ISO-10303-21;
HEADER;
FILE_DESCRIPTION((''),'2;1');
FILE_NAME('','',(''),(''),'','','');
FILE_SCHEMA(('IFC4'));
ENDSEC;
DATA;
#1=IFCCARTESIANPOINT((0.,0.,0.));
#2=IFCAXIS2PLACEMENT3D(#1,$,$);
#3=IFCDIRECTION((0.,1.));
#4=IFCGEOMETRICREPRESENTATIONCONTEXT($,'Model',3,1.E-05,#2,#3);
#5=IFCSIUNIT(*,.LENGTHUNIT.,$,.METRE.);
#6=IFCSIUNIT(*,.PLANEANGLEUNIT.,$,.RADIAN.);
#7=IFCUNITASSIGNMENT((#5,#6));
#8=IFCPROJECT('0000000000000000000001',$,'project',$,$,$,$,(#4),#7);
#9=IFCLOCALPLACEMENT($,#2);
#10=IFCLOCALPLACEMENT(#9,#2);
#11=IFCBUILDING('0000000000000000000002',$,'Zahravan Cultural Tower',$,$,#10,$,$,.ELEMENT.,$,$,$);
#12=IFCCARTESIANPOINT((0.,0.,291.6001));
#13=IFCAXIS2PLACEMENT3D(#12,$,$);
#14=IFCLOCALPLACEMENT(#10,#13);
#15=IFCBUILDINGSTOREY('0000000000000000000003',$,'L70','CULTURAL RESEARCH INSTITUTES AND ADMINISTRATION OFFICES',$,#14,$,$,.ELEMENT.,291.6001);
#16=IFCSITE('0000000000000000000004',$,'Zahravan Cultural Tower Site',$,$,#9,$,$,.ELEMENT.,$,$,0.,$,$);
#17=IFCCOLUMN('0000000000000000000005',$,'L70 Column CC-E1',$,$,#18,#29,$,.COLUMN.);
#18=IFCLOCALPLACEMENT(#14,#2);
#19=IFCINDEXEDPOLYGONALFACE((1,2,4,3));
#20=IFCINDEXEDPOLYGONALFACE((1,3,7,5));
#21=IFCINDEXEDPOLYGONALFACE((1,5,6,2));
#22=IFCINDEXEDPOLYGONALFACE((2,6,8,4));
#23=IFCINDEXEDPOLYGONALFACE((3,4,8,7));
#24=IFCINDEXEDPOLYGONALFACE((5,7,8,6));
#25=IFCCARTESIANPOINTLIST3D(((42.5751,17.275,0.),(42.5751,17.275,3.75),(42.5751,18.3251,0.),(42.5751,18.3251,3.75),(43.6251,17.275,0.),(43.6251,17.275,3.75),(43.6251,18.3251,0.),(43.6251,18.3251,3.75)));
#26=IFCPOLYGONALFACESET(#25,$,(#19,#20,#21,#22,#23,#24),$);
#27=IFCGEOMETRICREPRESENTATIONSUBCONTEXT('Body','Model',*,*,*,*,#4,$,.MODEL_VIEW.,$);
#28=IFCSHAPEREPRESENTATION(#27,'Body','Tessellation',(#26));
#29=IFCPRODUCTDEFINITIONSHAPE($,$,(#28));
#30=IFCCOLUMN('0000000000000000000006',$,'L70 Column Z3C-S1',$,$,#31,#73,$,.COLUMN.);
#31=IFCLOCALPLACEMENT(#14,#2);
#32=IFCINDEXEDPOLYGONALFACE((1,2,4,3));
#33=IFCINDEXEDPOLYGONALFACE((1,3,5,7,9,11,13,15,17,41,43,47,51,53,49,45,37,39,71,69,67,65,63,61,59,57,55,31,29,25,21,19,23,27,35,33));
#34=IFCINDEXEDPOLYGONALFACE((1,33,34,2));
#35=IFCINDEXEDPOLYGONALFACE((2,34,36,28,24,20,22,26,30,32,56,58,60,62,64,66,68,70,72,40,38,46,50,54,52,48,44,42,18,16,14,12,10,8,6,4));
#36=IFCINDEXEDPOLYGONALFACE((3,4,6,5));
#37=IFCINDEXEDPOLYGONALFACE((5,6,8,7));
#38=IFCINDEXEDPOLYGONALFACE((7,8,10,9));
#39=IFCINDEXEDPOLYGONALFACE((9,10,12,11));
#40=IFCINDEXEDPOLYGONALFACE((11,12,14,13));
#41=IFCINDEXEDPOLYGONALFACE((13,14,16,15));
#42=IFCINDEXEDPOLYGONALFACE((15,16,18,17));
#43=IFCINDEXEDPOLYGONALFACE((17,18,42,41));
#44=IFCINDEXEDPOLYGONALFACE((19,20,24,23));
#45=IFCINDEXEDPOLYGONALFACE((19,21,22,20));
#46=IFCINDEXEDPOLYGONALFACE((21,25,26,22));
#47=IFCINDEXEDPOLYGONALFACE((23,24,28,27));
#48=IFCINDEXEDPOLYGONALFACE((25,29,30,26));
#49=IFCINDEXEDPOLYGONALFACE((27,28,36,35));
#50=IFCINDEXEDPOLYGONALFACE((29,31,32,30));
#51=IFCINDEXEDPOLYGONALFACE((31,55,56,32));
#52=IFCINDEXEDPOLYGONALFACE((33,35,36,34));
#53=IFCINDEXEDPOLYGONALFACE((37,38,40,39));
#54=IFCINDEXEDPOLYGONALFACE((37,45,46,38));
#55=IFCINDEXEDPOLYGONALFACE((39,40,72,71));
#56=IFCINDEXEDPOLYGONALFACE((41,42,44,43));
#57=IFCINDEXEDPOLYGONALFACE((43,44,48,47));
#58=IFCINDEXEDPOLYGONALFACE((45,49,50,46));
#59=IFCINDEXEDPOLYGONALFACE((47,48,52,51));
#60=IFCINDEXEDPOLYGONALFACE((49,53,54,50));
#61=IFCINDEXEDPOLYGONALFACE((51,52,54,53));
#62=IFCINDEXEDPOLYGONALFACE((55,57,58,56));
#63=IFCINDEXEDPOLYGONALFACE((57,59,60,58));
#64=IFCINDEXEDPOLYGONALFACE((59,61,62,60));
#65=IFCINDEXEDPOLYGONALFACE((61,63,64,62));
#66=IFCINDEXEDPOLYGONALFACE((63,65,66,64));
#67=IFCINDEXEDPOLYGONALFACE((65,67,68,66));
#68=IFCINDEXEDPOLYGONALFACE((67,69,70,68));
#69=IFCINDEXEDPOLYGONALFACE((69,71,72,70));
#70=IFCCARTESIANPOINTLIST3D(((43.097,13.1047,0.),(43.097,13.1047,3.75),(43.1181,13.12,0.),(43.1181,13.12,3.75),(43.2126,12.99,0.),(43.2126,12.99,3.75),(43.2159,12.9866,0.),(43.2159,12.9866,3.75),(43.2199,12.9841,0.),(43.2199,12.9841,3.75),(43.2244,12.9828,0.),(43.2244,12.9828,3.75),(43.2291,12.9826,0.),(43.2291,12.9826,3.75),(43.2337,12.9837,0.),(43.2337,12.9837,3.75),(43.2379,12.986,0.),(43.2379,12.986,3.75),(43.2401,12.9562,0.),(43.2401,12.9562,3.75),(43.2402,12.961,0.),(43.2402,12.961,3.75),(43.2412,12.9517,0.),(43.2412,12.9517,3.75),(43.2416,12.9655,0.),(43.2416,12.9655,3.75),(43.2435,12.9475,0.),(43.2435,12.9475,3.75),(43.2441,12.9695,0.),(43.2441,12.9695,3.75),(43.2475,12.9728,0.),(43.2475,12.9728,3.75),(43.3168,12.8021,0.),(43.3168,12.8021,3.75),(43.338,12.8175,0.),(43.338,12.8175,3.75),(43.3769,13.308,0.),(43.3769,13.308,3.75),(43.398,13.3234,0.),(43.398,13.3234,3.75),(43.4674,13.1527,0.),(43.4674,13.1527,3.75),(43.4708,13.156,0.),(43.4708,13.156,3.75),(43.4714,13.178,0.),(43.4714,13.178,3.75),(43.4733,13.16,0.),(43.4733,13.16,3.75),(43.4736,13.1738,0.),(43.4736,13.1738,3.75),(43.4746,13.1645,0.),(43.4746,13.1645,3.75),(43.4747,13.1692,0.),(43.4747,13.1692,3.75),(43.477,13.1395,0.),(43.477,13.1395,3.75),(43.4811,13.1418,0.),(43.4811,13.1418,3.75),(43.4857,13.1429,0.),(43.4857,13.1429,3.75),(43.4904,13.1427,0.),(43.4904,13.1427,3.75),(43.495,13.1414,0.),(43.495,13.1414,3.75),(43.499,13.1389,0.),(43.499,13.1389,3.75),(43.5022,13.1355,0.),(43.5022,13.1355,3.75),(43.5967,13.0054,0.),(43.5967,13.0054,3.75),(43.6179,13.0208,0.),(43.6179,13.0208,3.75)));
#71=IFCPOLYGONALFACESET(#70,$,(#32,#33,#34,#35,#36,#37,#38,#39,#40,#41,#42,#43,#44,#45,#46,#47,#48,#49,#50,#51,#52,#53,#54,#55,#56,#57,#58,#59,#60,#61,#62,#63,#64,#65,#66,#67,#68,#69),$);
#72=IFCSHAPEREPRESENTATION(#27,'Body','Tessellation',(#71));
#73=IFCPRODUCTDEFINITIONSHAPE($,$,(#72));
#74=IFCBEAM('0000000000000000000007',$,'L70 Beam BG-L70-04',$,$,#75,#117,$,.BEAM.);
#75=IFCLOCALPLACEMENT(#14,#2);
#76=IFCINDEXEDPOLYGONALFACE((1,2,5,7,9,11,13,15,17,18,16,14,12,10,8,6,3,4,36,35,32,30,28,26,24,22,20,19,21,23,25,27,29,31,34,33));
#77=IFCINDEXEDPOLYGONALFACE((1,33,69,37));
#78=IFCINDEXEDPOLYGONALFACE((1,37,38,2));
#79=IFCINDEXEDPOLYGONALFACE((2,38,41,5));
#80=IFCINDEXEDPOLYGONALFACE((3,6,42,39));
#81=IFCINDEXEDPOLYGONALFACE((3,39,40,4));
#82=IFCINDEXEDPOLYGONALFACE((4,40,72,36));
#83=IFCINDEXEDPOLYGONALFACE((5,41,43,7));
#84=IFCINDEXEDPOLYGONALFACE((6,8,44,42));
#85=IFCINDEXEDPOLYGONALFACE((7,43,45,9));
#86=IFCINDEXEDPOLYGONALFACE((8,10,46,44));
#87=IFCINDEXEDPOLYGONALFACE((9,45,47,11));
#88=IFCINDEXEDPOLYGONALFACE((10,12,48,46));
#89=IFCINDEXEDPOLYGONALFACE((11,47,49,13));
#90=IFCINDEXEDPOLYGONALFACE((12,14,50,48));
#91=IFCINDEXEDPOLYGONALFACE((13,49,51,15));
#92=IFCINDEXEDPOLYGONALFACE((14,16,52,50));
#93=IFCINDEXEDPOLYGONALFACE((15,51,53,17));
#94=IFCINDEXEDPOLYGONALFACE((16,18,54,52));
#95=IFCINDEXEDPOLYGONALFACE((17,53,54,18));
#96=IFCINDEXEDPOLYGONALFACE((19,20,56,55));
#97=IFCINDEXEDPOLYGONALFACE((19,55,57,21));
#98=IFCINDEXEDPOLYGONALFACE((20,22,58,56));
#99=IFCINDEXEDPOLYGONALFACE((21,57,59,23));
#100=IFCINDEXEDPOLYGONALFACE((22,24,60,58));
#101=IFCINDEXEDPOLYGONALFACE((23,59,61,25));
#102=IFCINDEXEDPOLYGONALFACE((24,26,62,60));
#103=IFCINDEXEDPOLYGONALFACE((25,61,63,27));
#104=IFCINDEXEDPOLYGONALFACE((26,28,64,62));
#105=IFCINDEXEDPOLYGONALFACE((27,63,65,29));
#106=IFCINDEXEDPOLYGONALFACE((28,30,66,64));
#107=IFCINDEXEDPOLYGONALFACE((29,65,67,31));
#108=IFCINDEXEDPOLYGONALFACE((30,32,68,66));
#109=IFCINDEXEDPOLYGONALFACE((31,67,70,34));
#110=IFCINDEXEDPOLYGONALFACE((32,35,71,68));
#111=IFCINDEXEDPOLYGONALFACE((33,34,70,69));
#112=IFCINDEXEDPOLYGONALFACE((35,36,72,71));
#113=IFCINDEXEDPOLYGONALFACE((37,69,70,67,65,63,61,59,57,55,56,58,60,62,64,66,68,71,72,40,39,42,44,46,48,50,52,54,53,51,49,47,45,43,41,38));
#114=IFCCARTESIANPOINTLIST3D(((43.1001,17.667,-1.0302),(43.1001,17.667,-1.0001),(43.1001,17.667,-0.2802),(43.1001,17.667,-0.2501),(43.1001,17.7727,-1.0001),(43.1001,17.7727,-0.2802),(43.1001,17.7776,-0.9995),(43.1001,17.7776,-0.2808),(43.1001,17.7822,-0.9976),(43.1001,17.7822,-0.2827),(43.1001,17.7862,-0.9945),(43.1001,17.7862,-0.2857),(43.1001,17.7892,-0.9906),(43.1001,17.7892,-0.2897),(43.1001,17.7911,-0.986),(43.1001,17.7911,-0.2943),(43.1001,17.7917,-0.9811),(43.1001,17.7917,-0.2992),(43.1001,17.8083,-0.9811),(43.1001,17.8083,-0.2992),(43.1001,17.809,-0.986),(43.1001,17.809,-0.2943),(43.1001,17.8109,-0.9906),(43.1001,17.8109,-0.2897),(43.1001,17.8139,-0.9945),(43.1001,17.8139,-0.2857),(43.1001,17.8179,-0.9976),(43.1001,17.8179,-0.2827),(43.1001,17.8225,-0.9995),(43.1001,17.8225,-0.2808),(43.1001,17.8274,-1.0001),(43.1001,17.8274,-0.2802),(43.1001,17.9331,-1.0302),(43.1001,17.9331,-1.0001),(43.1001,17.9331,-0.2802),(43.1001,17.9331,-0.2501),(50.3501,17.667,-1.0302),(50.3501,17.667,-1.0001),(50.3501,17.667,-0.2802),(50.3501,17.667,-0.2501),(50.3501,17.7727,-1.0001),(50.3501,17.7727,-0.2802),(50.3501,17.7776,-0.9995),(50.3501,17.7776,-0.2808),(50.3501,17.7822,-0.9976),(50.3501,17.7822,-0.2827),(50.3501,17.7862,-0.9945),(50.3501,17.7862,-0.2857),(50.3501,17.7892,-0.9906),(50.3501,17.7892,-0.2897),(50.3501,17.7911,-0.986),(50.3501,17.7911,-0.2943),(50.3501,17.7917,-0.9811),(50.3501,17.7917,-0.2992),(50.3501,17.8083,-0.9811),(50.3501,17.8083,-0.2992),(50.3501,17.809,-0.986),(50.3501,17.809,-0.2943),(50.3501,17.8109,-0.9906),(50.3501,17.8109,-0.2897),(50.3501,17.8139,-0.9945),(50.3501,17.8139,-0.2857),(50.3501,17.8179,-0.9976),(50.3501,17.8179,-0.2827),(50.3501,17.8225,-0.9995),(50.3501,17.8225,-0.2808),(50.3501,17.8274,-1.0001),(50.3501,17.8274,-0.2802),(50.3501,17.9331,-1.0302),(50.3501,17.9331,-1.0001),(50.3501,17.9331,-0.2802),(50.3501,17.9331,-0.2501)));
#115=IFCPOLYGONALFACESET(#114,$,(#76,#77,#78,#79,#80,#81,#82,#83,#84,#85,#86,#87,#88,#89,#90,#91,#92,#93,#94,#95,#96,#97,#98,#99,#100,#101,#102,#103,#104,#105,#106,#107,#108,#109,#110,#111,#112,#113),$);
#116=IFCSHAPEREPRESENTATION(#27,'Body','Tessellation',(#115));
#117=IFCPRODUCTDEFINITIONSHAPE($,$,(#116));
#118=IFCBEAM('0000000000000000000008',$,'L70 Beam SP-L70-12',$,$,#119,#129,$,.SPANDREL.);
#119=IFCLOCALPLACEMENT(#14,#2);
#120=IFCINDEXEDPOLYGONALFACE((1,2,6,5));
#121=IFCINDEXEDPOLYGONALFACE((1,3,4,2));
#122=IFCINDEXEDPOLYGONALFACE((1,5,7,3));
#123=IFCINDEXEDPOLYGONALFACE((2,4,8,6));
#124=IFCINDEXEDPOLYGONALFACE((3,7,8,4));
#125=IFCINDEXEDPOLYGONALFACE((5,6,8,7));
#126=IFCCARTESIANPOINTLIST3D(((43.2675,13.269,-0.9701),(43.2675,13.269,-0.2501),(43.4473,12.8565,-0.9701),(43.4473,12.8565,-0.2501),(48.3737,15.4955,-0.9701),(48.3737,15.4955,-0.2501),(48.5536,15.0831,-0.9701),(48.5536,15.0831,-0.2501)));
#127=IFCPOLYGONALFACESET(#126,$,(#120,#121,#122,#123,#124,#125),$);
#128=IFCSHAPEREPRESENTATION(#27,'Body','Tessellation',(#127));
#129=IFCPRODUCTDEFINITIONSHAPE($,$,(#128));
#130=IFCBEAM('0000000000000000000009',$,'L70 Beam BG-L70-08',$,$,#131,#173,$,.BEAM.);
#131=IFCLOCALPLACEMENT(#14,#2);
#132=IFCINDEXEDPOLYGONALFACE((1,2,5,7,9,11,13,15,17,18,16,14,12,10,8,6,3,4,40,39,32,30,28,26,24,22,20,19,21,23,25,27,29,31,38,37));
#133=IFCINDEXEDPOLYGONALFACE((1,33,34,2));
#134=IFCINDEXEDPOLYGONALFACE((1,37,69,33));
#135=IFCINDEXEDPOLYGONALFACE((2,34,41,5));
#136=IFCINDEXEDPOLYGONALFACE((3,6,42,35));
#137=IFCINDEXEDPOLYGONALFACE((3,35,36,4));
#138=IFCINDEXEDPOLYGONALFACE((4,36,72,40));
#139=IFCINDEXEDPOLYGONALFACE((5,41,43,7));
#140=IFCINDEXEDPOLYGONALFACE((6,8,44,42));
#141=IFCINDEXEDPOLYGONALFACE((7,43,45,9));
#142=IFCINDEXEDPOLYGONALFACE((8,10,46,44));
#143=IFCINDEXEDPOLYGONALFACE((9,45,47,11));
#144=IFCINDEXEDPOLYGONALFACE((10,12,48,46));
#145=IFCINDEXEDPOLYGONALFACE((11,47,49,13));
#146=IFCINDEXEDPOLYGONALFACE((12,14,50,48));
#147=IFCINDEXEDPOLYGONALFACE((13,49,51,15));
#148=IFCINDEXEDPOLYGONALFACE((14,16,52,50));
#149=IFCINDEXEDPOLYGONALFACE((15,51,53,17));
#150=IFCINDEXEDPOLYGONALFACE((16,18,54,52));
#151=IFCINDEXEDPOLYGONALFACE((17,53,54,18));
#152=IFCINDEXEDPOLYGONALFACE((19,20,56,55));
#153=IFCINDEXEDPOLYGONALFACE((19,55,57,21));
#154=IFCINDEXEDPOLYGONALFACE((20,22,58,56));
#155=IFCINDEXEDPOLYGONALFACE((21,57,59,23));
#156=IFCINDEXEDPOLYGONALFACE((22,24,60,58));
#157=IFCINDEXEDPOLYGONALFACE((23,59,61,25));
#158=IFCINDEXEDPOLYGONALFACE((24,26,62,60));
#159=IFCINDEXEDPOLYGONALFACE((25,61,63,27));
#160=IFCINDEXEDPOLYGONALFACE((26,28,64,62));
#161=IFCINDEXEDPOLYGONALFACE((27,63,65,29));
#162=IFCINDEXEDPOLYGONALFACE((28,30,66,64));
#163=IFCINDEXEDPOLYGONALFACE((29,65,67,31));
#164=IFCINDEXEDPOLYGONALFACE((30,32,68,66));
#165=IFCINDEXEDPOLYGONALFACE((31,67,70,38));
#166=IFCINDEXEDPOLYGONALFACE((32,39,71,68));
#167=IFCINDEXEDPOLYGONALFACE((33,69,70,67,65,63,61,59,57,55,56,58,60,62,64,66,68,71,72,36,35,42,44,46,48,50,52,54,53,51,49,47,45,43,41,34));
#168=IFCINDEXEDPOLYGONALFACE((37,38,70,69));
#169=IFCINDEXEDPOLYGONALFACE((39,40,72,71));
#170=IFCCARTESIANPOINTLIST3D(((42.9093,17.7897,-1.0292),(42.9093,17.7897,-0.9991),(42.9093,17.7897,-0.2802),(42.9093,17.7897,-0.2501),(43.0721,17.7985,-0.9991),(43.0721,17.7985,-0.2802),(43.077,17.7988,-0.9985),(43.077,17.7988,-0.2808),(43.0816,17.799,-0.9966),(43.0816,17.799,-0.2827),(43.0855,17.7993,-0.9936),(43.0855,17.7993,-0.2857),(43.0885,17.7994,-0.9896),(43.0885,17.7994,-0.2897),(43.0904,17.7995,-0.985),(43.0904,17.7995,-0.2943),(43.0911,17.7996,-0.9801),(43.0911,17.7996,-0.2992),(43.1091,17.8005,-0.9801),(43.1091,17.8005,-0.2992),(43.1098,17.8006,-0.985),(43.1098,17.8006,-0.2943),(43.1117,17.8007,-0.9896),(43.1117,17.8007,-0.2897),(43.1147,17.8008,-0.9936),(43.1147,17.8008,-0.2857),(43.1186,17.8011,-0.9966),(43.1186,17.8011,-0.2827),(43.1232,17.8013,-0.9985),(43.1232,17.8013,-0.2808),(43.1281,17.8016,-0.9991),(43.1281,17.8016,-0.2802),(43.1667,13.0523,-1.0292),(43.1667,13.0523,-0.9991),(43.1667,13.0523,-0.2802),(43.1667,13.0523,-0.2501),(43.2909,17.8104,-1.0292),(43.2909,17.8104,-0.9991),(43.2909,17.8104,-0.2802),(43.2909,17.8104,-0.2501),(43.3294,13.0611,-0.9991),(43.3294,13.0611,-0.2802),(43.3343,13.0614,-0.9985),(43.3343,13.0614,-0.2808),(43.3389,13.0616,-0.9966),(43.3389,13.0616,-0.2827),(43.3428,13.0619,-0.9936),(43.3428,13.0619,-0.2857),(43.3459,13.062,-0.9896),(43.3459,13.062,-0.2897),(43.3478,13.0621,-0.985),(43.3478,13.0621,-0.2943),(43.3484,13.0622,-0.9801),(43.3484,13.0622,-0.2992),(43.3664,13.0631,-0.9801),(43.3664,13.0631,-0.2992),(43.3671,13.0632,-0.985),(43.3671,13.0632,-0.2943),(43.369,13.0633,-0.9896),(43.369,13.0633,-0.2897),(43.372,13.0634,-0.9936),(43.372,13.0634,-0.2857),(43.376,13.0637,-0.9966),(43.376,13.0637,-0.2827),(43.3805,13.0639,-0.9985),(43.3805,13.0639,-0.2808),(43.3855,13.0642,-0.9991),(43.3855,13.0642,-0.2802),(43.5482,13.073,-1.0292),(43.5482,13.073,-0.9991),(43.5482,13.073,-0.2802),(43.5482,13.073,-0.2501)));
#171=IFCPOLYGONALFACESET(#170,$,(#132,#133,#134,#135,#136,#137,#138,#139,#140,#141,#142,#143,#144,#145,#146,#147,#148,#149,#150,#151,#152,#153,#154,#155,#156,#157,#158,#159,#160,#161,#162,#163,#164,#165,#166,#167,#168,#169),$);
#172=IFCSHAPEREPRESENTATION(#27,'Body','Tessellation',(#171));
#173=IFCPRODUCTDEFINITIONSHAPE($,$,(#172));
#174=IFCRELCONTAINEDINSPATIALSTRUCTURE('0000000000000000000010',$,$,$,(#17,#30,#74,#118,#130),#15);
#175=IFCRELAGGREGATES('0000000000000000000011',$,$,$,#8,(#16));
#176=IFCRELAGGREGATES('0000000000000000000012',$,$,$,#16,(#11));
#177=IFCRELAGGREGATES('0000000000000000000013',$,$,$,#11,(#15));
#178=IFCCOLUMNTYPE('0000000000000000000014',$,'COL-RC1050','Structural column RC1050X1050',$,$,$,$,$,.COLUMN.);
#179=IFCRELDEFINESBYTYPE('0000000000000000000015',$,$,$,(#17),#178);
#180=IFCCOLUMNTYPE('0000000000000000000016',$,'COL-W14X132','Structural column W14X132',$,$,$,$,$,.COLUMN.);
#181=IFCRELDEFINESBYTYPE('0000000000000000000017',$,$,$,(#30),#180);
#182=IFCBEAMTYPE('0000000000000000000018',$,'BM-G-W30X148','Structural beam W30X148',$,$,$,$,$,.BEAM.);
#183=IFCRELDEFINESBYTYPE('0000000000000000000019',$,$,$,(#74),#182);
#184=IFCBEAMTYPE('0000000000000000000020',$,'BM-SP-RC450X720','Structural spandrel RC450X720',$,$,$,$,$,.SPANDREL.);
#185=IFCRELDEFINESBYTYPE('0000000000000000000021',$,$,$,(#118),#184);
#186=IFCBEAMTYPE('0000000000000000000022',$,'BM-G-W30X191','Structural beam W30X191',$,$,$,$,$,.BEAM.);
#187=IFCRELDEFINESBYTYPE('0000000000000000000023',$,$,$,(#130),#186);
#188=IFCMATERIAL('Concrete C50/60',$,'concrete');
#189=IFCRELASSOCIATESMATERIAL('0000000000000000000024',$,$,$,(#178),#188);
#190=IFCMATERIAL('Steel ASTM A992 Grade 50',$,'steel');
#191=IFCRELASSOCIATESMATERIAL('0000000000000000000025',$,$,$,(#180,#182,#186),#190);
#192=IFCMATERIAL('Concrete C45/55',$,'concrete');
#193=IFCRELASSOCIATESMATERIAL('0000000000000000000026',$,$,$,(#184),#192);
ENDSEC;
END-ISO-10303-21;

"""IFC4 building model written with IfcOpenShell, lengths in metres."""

from ifc_helpers import new_model, si_unit, direction, frame, origin, origin_2d, place, context, subcontext, project, spatial, rectangle, i_section, extrude, source, transform, mapped, material, material_profile, profile_set, type_object, element, save


model = new_model("IFC4")

# Units and contexts
model_context = context("Model", 3, precision=1e-05, world=origin(), true_north=direction((0.0, 1.0)))
body_context = subcontext(model_context, "Body", "Model", "MODEL_VIEW")
ifc_project = project(units=[si_unit("LENGTHUNIT", "METRE"), si_unit("PLANEANGLEUNIT", "RADIAN")], contexts=[model_context])

# Site, building, storey
site_placement = place(None, origin())
site = spatial("IfcSite", under=ifc_project, at=site_placement, Name="Zahravan Cultural Tower Site", CompositionType="ELEMENT", RefElevation=0.0)
building_placement = place(site_placement, origin())
building = spatial("IfcBuilding", under=site, at=building_placement, Name="Zahravan Cultural Tower", CompositionType="ELEMENT")
storey_placement = place(building_placement, frame((0.0, 0.0, 291.6001)))
storey = spatial("IfcBuildingStorey", under=building, at=storey_placement, Name="L70", Description="CULTURAL RESEARCH INSTITUTES AND ADMINISTRATION OFFICES", CompositionType="ELEMENT", Elevation=291.6001)

# Columns
ifc_material_1 = material(Name="Concrete C50/60", Category="concrete")
ifc_material_profile_1 = material_profile(ifc_material_1, rectangle(XDim=1.05, YDim=1.05, at=origin_2d()), Name="RC1050X1050")
ifc_profile_set_1 = profile_set([ifc_material_profile_1], Name="Concrete C50/60")
column_type_1 = type_object("IfcColumnType", Name="COL-RC1050", Description="Structural column RC1050X1050", PredefinedType="COLUMN", material=ifc_profile_set_1)
shared_shape_1 = source(origin(), body_context, "Body", "SweptSolid", [
    extrude(rectangle(XDim=1.05, YDim=1.05, at=origin_2d()), origin(), (0.0, 0.0, 1.0), 3.75),
])
column_1_placement = place(storey_placement, frame((43.1001, 17.8, 0.0), z_axis=(0.0, 0.0, 1.0), x_axis=(1.0, 0.0, 0.0)))
element("IfcColumn", 1, at=column_1_placement, inside=storey, type_object=column_type_1, Name="L70 Column CC-E1", PredefinedType="COLUMN", context=body_context, shape_type="MappedRepresentation", body=[
    mapped(shared_shape_1, transform((0.0, 0.0, 0.0), x_axis=(1.0, 0.0, 0.0), y_axis=(0.0, 1.0, 0.0), z_axis=(0.0, 0.0, 1.0), scale=1.0)),
])
ifc_material_2 = material(Name="Steel ASTM A992 Grade 50", Category="steel")
ifc_material_profile_2 = material_profile(ifc_material_2, i_section(OverallWidth=0.374, OverallDepth=0.3721, WebThickness=0.0164, FlangeThickness=0.0261, FilletRadius=0.0181, at=origin_2d()), Name="W14X132")
ifc_profile_set_2 = profile_set([ifc_material_profile_2], Name="Steel ASTM A992 Grade 50")
column_type_2 = type_object("IfcColumnType", Name="COL-W14X132", Description="Structural column W14X132", PredefinedType="COLUMN", material=ifc_profile_set_2)
shared_shape_2 = source(origin(), body_context, "Body", "SweptSolid", [
    extrude(i_section(OverallWidth=0.374, OverallDepth=0.3721, WebThickness=0.0164, FlangeThickness=0.0261, FilletRadius=0.0181, at=origin_2d()), origin(), (0.0, 0.0, 1.0), 3.75),
])
column_2_placement = place(storey_placement, frame((43.3574, 13.0627, 0.0), z_axis=(0.0, 0.0, 1.0), x_axis=(-0.587785, 0.809017, 0.0)))
element("IfcColumn", 2, at=column_2_placement, inside=storey, type_object=column_type_2, Name="L70 Column Z3C-S1", PredefinedType="COLUMN", context=body_context, shape_type="MappedRepresentation", body=[
    mapped(shared_shape_2, transform((0.0, 0.0, 0.0), x_axis=(1.0, 0.0, 0.0), y_axis=(0.0, 1.0, 0.0), z_axis=(0.0, 0.0, 1.0), scale=1.0)),
])

# Beams
ifc_material_profile_3 = material_profile(ifc_material_2, i_section(OverallWidth=0.2661, OverallDepth=0.78, WebThickness=0.0166, FlangeThickness=0.03, FilletRadius=0.019, at=origin_2d()), Name="W30X148")
ifc_profile_set_3 = profile_set([ifc_material_profile_3], Name="Steel ASTM A992 Grade 50")
beam_type_1 = type_object("IfcBeamType", Name="BM-G-W30X148", Description="Structural beam W30X148", PredefinedType="BEAM", material=ifc_profile_set_3)
shared_shape_3 = source(origin(), body_context, "Body", "SweptSolid", [
    extrude(i_section(OverallWidth=0.2661, OverallDepth=0.78, WebThickness=0.0166, FlangeThickness=0.03, FilletRadius=0.019, at=origin_2d()), origin(), (0.0, 0.0, 1.0), 7.25),
])
beam_1_placement = place(storey_placement, frame((43.1001, 17.8, -0.6401), z_axis=(1.0, 0.0, 0.0), x_axis=(0.0, 1.0, 0.0)))
element("IfcBeam", 3, at=beam_1_placement, inside=storey, type_object=beam_type_1, Name="L70 Beam BG-L70-04", PredefinedType="BEAM", context=body_context, shape_type="MappedRepresentation", body=[
    mapped(shared_shape_3, transform((0.0, 0.0, 0.0), x_axis=(1.0, 0.0, 0.0), y_axis=(0.0, 1.0, 0.0), z_axis=(0.0, 0.0, 1.0), scale=1.0)),
])
ifc_material_3 = material(Name="Concrete C45/55", Category="concrete")
ifc_material_profile_4 = material_profile(ifc_material_3, rectangle(XDim=0.45, YDim=0.72, at=origin_2d()), Name="RC450X720")
ifc_profile_set_4 = profile_set([ifc_material_profile_4], Name="Concrete C45/55")
beam_type_2 = type_object("IfcBeamType", Name="BM-SP-RC450X720", Description="Structural spandrel RC450X720", PredefinedType="SPANDREL", material=ifc_profile_set_4)
shared_shape_4 = source(origin(), body_context, "Body", "SweptSolid", [
    extrude(rectangle(XDim=0.45, YDim=0.72, at=origin_2d()), origin(), (0.0, 0.0, 1.0), 5.5706),
])
beam_2_placement = place(storey_placement, frame((43.3574, 13.0627, -0.6101), z_axis=(0.916645, 0.399703, 0.0), x_axis=(-0.399703, 0.916645, 0.0)))
element("IfcBeam", 4, at=beam_2_placement, inside=storey, type_object=beam_type_2, Name="L70 Beam SP-L70-12", PredefinedType="SPANDREL", context=body_context, shape_type="MappedRepresentation", body=[
    mapped(shared_shape_4, transform((0.0, 0.0, 0.0), x_axis=(1.0, 0.0, 0.0), y_axis=(0.0, 1.0, 0.0), z_axis=(0.0, 0.0, 1.0), scale=1.0)),
])
ifc_material_profile_5 = material_profile(ifc_material_2, i_section(OverallWidth=0.3821, OverallDepth=0.7791, WebThickness=0.0181, FlangeThickness=0.03, FilletRadius=0.019, at=origin_2d()), Name="W30X191")
ifc_profile_set_5 = profile_set([ifc_material_profile_5], Name="Steel ASTM A992 Grade 50")
beam_type_3 = type_object("IfcBeamType", Name="BM-G-W30X191", Description="Structural beam W30X191", PredefinedType="BEAM", material=ifc_profile_set_5)
shared_shape_5 = source(origin(), body_context, "Body", "SweptSolid", [
    extrude(i_section(OverallWidth=0.3821, OverallDepth=0.7791, WebThickness=0.0181, FlangeThickness=0.03, FilletRadius=0.019, at=origin_2d()), origin(), (0.0, 0.0, 1.0), 4.7444),
])
beam_3_placement = place(storey_placement, frame((43.1001, 17.8, -0.6396), z_axis=(0.054239, -0.998528, 0.0), x_axis=(0.998528, 0.054239, 0.0)))
element("IfcBeam", 5, at=beam_3_placement, inside=storey, type_object=beam_type_3, Name="L70 Beam BG-L70-08", PredefinedType="BEAM", context=body_context, shape_type="MappedRepresentation", body=[
    mapped(shared_shape_5, transform((0.0, 0.0, 0.0), x_axis=(1.0, 0.0, 0.0), y_axis=(0.0, 1.0, 0.0), z_axis=(0.0, 0.0, 1.0), scale=1.0)),
])

save(model, "model.ifc")
